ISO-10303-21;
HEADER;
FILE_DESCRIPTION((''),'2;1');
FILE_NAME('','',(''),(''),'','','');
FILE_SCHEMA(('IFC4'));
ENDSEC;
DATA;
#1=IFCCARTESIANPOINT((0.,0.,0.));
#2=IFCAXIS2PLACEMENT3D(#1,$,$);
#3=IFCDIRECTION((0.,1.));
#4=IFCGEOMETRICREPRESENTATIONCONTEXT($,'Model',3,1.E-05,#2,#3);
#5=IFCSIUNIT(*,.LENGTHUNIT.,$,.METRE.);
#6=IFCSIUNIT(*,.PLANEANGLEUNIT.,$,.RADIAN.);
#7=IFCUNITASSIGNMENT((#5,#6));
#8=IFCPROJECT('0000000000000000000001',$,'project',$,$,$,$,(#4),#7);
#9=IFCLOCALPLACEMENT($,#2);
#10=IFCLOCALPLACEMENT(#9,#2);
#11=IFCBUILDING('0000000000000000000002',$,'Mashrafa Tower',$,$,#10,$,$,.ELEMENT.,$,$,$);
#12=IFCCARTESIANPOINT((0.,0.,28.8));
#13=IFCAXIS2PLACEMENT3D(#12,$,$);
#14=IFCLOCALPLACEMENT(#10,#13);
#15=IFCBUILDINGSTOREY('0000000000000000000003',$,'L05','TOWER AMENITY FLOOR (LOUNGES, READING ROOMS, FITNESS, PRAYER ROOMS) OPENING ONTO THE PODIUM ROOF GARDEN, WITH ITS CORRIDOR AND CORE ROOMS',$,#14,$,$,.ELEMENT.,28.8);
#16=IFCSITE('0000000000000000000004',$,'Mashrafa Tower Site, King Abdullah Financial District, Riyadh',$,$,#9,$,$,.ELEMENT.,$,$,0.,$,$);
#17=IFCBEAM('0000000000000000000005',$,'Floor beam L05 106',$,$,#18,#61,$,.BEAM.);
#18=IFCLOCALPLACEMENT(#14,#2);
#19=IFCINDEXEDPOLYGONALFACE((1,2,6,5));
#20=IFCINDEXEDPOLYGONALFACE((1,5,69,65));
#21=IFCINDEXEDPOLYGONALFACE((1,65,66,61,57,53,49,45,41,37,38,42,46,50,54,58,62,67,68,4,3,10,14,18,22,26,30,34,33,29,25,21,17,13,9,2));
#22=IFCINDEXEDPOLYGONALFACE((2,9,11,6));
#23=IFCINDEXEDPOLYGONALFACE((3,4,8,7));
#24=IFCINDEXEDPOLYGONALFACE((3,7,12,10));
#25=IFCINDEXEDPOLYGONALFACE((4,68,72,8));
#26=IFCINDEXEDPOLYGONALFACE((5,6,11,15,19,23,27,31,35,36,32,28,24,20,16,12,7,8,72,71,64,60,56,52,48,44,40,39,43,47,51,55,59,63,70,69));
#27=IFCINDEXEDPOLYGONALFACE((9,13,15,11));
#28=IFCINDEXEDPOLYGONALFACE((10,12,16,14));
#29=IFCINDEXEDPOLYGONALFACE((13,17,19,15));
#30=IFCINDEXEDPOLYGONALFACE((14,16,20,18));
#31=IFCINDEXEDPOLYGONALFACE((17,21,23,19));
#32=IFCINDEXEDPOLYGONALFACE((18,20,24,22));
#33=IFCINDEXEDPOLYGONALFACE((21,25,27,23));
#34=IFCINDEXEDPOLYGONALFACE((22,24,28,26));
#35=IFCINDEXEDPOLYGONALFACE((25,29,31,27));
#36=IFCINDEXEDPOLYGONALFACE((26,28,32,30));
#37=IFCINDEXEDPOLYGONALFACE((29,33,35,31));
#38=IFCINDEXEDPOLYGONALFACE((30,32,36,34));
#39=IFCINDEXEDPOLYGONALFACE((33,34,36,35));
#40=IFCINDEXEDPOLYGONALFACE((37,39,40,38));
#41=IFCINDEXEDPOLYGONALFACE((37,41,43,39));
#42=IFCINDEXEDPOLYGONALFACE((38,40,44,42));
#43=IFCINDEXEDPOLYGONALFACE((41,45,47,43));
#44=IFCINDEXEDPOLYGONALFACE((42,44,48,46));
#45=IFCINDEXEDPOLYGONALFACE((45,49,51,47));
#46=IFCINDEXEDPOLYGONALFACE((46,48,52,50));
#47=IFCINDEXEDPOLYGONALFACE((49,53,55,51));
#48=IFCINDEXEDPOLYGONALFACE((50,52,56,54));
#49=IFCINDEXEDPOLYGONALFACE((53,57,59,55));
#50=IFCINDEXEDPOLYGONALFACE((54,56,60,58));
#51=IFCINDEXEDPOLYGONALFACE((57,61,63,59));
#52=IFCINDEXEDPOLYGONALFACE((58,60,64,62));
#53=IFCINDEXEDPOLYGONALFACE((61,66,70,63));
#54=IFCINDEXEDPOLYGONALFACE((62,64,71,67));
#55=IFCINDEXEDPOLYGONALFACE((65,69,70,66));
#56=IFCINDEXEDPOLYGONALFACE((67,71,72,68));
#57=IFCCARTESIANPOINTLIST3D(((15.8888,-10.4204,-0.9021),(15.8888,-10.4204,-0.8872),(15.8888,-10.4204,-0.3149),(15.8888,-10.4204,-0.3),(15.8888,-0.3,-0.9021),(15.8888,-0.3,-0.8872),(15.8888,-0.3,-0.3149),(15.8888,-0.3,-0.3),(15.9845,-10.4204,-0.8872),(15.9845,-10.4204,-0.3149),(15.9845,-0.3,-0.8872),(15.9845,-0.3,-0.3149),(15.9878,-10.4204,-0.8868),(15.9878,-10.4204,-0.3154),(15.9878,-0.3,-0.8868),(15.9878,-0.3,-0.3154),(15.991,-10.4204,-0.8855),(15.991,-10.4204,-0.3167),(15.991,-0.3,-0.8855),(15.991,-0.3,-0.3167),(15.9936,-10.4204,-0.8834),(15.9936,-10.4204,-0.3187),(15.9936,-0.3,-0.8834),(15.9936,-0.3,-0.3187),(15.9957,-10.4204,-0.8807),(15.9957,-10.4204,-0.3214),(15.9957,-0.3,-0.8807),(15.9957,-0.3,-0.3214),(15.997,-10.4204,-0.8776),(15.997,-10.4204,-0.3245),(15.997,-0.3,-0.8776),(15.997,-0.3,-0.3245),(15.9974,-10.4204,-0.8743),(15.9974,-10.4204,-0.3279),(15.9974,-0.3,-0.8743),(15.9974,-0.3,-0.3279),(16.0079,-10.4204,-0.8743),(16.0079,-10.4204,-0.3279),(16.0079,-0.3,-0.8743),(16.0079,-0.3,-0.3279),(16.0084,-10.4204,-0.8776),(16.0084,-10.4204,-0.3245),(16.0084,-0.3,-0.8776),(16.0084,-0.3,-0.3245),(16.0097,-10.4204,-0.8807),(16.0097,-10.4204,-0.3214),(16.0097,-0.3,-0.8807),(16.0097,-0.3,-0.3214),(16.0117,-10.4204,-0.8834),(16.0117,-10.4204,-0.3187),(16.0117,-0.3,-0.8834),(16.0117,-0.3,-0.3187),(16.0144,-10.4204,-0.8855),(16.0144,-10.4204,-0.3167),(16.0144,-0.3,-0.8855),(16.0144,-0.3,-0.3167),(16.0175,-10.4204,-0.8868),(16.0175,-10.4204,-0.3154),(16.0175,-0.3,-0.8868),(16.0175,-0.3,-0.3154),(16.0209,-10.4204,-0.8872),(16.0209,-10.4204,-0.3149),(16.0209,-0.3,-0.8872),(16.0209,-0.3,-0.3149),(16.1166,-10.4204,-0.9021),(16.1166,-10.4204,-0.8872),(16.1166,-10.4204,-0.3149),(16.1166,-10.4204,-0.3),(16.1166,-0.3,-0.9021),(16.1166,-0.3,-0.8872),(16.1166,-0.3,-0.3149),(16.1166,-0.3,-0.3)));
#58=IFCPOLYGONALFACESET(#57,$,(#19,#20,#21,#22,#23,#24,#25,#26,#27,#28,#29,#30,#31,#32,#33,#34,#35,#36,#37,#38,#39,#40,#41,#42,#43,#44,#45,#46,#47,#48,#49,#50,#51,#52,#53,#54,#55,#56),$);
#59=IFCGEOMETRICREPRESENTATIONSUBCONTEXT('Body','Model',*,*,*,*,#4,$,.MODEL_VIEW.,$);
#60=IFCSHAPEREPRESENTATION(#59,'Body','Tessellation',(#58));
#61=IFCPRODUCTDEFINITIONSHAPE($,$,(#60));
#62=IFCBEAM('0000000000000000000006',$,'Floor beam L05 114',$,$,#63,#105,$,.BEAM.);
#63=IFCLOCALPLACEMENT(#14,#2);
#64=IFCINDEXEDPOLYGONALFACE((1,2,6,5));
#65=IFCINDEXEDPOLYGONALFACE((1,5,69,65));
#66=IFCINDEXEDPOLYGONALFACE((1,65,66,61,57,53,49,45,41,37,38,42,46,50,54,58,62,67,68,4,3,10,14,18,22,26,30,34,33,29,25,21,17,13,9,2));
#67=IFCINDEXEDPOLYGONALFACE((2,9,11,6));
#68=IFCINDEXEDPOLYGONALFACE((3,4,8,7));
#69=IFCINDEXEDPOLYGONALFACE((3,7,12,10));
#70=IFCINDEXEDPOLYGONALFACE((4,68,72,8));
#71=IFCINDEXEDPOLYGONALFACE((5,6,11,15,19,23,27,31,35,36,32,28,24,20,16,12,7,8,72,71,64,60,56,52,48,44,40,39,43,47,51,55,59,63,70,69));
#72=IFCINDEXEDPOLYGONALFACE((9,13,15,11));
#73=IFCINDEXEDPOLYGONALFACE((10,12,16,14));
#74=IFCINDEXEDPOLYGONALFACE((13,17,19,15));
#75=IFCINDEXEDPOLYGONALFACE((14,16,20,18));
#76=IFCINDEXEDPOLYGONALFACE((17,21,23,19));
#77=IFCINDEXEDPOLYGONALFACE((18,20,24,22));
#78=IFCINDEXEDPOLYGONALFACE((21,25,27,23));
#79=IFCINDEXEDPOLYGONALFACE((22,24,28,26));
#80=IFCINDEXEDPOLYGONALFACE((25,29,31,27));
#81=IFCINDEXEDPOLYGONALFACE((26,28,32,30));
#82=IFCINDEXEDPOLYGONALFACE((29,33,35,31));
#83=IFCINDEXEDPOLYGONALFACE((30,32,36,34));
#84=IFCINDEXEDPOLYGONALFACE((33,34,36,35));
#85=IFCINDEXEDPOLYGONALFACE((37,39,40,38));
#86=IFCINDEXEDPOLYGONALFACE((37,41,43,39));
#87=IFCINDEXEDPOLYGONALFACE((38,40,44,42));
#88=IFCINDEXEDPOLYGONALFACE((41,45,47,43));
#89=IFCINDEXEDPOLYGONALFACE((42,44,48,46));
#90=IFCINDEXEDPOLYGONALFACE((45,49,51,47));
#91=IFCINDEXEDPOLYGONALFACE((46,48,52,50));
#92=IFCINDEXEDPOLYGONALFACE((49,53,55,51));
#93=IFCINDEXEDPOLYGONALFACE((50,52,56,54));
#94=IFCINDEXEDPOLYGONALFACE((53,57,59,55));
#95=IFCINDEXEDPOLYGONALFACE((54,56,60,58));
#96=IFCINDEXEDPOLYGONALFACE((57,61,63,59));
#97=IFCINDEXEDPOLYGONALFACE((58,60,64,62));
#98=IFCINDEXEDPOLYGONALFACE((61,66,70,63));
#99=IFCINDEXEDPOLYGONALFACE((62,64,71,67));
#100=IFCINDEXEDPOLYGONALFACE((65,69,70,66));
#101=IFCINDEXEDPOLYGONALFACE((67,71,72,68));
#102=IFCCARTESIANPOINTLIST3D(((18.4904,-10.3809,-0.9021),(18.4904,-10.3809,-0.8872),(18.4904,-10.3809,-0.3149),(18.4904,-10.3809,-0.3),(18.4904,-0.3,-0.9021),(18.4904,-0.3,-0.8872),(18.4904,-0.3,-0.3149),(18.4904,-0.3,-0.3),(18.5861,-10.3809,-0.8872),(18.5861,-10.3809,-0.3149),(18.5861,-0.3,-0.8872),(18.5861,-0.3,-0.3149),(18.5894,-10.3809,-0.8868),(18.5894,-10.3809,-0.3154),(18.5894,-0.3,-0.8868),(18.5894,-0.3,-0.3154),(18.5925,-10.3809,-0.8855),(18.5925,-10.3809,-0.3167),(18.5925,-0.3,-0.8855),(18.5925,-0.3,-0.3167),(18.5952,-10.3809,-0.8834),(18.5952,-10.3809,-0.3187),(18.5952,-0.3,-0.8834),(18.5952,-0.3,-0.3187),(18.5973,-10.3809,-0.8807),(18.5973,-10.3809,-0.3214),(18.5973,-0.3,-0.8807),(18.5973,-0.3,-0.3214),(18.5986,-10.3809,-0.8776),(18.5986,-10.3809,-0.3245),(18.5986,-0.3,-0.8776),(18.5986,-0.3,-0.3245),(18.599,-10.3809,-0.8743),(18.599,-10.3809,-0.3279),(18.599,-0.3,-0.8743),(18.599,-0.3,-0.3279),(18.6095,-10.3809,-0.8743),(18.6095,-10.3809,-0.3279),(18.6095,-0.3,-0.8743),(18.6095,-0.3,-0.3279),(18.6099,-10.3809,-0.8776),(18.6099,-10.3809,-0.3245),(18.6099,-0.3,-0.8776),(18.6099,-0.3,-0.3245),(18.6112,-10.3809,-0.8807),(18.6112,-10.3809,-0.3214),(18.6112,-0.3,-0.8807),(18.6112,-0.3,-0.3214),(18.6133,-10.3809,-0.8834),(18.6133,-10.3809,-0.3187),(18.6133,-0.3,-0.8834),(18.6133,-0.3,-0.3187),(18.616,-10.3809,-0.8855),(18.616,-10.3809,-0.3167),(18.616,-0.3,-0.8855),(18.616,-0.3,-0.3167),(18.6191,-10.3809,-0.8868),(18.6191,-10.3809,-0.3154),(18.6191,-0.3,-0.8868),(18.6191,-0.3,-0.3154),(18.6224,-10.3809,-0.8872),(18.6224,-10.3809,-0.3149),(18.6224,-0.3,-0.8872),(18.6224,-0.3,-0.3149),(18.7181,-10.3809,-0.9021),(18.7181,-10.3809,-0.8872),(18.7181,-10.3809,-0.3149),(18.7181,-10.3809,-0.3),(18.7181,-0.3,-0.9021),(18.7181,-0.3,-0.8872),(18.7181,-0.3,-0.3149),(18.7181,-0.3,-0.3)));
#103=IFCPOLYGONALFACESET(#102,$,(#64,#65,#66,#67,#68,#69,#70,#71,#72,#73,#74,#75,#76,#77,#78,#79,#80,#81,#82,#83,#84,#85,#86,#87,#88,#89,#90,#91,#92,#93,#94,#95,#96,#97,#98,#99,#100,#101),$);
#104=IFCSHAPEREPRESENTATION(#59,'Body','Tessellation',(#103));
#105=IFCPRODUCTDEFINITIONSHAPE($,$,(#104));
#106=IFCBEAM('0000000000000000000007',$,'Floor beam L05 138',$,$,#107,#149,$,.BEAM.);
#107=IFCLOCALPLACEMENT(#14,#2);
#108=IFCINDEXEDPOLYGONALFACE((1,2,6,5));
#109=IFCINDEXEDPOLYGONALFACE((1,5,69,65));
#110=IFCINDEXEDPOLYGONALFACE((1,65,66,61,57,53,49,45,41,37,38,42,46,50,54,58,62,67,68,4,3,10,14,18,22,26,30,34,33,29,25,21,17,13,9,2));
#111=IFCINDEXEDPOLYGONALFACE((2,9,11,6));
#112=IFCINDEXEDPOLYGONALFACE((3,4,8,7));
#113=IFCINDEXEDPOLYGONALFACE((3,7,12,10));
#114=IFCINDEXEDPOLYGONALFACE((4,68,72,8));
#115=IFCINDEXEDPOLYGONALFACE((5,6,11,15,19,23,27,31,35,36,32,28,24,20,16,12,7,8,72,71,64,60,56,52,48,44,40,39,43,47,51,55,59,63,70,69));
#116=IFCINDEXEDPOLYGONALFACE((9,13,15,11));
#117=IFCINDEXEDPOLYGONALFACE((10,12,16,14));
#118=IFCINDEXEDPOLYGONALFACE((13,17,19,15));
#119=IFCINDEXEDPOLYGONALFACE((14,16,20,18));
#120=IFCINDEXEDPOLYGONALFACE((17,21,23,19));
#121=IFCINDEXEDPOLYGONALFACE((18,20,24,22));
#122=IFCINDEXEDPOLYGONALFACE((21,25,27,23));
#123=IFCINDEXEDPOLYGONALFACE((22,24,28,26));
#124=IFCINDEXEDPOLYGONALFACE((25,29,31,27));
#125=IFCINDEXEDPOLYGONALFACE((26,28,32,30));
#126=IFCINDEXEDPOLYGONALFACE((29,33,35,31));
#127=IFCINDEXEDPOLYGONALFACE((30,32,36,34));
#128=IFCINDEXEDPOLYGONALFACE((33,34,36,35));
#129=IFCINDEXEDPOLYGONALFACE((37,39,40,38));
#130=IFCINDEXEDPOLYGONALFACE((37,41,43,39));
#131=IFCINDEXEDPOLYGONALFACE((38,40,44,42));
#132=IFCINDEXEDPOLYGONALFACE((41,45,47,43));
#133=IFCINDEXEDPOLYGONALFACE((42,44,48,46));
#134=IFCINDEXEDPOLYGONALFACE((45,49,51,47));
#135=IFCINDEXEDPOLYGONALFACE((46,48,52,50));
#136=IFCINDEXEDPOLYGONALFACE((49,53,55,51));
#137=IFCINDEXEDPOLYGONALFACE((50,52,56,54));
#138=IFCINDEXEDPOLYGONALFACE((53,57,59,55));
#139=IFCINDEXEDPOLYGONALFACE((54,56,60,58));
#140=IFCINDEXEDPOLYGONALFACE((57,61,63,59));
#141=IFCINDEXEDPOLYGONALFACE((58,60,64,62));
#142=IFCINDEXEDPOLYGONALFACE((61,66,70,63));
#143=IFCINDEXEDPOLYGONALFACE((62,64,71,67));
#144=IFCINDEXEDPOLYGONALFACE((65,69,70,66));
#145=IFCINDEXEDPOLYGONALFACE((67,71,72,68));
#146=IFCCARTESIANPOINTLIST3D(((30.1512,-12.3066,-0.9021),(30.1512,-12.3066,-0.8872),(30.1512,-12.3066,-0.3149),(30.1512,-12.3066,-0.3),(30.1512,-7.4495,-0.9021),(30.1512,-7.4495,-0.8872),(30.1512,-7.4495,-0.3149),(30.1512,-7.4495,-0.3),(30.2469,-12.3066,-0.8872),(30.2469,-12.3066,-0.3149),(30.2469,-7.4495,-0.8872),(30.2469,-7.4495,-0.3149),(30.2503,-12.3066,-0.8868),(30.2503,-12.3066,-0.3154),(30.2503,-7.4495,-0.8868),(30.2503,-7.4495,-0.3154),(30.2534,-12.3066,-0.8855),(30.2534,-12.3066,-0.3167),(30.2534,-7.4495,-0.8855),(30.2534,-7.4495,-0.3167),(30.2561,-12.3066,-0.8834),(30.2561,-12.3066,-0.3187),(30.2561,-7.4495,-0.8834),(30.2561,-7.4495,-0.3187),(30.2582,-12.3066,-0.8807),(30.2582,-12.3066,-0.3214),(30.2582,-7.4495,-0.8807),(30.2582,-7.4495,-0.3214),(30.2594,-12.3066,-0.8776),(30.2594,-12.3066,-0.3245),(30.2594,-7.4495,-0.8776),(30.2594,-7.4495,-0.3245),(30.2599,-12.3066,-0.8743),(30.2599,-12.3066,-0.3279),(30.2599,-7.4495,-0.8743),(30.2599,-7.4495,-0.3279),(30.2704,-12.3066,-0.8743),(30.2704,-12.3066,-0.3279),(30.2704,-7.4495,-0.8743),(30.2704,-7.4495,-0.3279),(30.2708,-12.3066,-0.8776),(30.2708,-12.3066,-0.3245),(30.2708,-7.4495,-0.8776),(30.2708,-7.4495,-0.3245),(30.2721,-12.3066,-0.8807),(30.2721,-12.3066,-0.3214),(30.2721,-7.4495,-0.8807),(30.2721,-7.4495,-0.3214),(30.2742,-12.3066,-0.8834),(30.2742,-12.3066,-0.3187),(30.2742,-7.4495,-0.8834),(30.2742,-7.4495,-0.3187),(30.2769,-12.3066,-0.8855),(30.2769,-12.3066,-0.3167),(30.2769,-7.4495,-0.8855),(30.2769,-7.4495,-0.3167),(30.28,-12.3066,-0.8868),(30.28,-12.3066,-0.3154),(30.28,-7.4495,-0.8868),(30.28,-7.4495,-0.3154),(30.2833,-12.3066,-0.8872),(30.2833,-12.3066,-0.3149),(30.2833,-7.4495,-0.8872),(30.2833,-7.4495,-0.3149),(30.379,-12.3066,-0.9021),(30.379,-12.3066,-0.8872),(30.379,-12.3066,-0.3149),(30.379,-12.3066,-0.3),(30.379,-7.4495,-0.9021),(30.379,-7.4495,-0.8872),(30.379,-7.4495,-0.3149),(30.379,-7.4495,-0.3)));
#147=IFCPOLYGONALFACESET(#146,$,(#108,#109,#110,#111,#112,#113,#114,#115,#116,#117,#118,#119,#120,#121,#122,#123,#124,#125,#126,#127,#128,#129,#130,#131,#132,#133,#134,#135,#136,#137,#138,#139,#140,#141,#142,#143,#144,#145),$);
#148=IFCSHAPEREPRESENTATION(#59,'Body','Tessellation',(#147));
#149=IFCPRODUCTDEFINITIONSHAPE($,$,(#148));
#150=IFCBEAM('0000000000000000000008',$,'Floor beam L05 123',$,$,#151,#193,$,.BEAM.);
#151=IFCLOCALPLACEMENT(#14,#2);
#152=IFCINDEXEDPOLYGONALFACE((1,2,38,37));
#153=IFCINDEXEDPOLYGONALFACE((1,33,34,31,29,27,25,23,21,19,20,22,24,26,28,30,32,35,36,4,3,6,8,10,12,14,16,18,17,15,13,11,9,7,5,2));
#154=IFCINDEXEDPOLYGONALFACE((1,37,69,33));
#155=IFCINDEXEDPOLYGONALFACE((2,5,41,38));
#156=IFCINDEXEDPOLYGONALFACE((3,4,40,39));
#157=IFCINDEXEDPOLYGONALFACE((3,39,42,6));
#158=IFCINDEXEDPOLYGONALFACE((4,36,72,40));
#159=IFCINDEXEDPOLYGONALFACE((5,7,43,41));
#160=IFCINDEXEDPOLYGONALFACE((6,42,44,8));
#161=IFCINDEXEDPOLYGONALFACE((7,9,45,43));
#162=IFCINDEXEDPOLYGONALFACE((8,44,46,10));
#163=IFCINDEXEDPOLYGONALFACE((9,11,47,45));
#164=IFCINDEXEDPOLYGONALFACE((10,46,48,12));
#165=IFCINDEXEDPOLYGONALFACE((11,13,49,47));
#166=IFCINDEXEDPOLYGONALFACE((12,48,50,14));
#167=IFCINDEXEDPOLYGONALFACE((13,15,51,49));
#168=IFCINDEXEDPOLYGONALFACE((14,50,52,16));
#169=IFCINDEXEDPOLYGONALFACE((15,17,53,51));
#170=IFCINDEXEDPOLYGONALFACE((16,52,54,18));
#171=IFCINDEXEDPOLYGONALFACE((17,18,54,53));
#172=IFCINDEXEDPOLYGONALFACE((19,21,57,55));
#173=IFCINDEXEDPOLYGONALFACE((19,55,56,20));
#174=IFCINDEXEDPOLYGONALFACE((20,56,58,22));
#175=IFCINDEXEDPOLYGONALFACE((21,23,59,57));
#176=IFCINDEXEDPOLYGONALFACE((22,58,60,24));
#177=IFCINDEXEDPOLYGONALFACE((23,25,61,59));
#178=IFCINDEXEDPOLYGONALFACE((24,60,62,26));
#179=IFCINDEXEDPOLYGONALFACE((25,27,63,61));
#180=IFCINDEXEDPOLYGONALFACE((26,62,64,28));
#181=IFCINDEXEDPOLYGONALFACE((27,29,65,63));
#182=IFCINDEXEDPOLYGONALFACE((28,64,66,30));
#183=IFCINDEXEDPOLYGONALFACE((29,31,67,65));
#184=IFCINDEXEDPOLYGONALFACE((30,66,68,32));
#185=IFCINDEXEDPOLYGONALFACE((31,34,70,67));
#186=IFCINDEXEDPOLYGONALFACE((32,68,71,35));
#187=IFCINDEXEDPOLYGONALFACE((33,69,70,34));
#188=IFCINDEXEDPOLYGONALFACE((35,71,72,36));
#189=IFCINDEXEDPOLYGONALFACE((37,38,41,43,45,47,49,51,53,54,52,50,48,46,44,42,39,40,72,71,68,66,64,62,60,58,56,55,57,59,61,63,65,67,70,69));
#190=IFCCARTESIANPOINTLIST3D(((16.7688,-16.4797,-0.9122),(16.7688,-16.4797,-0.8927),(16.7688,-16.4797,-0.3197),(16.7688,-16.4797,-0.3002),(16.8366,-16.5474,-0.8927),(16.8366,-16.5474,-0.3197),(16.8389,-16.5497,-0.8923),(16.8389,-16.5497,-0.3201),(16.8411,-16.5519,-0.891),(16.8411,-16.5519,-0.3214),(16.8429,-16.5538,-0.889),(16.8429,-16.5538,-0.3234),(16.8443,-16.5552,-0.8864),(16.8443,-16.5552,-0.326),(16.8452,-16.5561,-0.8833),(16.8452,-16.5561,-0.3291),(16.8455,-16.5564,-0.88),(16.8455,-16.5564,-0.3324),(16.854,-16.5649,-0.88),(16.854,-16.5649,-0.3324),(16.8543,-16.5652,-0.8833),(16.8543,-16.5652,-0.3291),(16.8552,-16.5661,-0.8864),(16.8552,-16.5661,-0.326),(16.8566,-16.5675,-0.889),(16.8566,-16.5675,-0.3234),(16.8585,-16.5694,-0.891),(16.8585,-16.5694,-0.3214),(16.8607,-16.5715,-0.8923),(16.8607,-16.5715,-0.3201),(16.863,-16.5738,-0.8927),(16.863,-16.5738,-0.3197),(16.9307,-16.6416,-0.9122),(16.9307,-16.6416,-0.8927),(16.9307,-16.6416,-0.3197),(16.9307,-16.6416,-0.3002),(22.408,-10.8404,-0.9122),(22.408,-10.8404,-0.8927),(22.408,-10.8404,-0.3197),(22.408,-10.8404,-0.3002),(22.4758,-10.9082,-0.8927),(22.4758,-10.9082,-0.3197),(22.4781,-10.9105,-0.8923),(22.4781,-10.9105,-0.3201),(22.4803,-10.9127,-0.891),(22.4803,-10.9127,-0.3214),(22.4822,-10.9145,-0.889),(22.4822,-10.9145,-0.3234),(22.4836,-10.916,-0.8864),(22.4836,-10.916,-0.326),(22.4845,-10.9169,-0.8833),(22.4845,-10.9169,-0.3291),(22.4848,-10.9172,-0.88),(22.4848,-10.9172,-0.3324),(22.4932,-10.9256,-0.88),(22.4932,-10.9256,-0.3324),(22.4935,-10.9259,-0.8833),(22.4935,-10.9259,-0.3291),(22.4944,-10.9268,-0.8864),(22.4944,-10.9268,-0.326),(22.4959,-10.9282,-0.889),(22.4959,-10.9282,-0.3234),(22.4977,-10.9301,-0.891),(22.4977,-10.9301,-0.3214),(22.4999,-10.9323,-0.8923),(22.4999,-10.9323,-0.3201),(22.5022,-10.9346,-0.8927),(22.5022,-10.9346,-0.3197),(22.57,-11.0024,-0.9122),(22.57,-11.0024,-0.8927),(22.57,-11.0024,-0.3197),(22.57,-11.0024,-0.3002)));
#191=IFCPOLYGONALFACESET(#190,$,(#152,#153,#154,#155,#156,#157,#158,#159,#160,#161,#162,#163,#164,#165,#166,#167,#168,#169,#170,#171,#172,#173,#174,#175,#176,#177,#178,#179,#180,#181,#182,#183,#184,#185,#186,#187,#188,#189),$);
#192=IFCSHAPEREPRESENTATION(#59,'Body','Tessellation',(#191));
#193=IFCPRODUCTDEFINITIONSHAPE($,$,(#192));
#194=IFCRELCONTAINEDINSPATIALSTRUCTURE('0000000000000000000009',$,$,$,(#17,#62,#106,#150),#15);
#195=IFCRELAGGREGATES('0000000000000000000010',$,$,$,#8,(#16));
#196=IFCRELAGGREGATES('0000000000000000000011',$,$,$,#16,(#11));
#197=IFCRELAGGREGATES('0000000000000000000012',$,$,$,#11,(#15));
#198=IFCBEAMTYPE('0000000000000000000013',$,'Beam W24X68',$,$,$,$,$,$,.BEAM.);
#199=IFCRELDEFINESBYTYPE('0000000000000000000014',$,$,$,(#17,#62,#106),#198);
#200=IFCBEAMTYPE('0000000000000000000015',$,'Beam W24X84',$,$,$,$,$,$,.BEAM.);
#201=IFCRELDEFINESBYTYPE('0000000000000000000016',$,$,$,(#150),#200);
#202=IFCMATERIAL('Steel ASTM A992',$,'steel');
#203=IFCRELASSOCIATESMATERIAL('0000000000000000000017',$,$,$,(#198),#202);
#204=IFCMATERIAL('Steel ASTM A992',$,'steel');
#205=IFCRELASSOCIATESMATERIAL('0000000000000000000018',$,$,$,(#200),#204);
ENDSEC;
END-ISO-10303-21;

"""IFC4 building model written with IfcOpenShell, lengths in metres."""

from ifc_helpers import new_model, si_unit, direction, frame, origin, origin_2d, place, context, subcontext, project, spatial, i_section, extrude, material, material_profile, profile_set, type_object, element, save


model = new_model("IFC4")

# Units and contexts
model_context = context("Model", 3, precision=1e-05, world=origin(), true_north=direction((0.0, 1.0)))
body_context = subcontext(model_context, "Body", "Model", "MODEL_VIEW")
ifc_project = project(units=[si_unit("LENGTHUNIT", "METRE"), si_unit("PLANEANGLEUNIT", "RADIAN")], contexts=[model_context])

# Site, building, storey
site_placement = place(None, origin())
site = spatial("IfcSite", under=ifc_project, at=site_placement, Name="Mashrafa Tower Site, King Abdullah Financial District, Riyadh", CompositionType="ELEMENT", RefElevation=0.0)
building_placement = place(site_placement, origin())
building = spatial("IfcBuilding", under=site, at=building_placement, Name="Mashrafa Tower", CompositionType="ELEMENT")
storey_placement = place(building_placement, frame((0.0, 0.0, 28.8)))
storey = spatial("IfcBuildingStorey", under=building, at=storey_placement, Name="L05", Description="TOWER AMENITY FLOOR (LOUNGES, READING ROOMS, FITNESS, PRAYER ROOMS) OPENING ONTO THE PODIUM ROOF GARDEN, WITH ITS CORRIDOR AND CORE ROOMS", CompositionType="ELEMENT", Elevation=28.8)

# Beams
ifc_material_1 = material(Name="Steel ASTM A992", Category="steel")
ifc_material_profile_1 = material_profile(ifc_material_1, i_section(OverallWidth=0.2278, OverallDepth=0.6021, WebThickness=0.0105, FlangeThickness=0.0149, FilletRadius=0.0129, at=origin_2d()), Name="W24X68")
ifc_profile_set_1 = profile_set([ifc_material_profile_1], Name="Steel ASTM A992")
beam_type_1 = type_object("IfcBeamType", Name="Beam W24X68", PredefinedType="BEAM", material=ifc_profile_set_1)
beam_1_placement = place(storey_placement, frame((16.0027, -0.3, -0.6011), z_axis=(0.0, -1.0, 0.0), x_axis=(1.0, 0.0, 0.0)))
element("IfcBeam", 1, at=beam_1_placement, inside=storey, type_object=beam_type_1, Name="Floor beam L05 106", PredefinedType="BEAM", context=body_context, shape_type="SweptSolid", body=[
    extrude(i_section(OverallWidth=0.2278, OverallDepth=0.6021, WebThickness=0.0105, FlangeThickness=0.0149, FilletRadius=0.0129, at=origin_2d()), origin(), (0.0, 0.0, 1.0), 10.1204),
])
beam_2_placement = place(storey_placement, frame((18.6042, -0.3, -0.6011), z_axis=(0.0, -1.0, 0.0), x_axis=(1.0, 0.0, 0.0)))
element("IfcBeam", 2, at=beam_2_placement, inside=storey, type_object=beam_type_1, Name="Floor beam L05 114", PredefinedType="BEAM", context=body_context, shape_type="SweptSolid", body=[
    extrude(i_section(OverallWidth=0.2278, OverallDepth=0.6021, WebThickness=0.0105, FlangeThickness=0.0149, FilletRadius=0.0129, at=origin_2d()), origin(), (0.0, 0.0, 1.0), 10.0808),
])
beam_3_placement = place(storey_placement, frame((30.2651, -7.4495, -0.6011), z_axis=(0.0, -1.0, 0.0), x_axis=(1.0, 0.0, 0.0)))
element("IfcBeam", 3, at=beam_3_placement, inside=storey, type_object=beam_type_1, Name="Floor beam L05 138", PredefinedType="BEAM", context=body_context, shape_type="SweptSolid", body=[
    extrude(i_section(OverallWidth=0.2278, OverallDepth=0.6021, WebThickness=0.0105, FlangeThickness=0.0149, FilletRadius=0.0129, at=origin_2d()), origin(), (0.0, 0.0, 1.0), 4.8572),
])
ifc_material_2 = material(Name="Steel ASTM A992", Category="steel")
ifc_material_profile_2 = material_profile(ifc_material_2, i_section(OverallWidth=0.229, OverallDepth=0.6121, WebThickness=0.012, FlangeThickness=0.0195, FilletRadius=0.0127, at=origin_2d()), Name="W24X84")
ifc_profile_set_2 = profile_set([ifc_material_profile_2], Name="Steel ASTM A992")
beam_type_2 = type_object("IfcBeamType", Name="Beam W24X84", PredefinedType="BEAM", material=ifc_profile_set_2)
beam_4_placement = place(storey_placement, frame((22.489, -10.9214, -0.6062), z_axis=(-0.707107, -0.707107, 0.0), x_axis=(0.707107, -0.707107, 0.0)))
element("IfcBeam", 4, at=beam_4_placement, inside=storey, type_object=beam_type_2, Name="Floor beam L05 123", PredefinedType="BEAM", context=body_context, shape_type="SweptSolid", body=[
    extrude(i_section(OverallWidth=0.229, OverallDepth=0.6121, WebThickness=0.012, FlangeThickness=0.0195, FilletRadius=0.0127, at=origin_2d()), origin(), (0.0, 0.0, 1.0), 7.9751),
])

save(model, "model.ifc")
